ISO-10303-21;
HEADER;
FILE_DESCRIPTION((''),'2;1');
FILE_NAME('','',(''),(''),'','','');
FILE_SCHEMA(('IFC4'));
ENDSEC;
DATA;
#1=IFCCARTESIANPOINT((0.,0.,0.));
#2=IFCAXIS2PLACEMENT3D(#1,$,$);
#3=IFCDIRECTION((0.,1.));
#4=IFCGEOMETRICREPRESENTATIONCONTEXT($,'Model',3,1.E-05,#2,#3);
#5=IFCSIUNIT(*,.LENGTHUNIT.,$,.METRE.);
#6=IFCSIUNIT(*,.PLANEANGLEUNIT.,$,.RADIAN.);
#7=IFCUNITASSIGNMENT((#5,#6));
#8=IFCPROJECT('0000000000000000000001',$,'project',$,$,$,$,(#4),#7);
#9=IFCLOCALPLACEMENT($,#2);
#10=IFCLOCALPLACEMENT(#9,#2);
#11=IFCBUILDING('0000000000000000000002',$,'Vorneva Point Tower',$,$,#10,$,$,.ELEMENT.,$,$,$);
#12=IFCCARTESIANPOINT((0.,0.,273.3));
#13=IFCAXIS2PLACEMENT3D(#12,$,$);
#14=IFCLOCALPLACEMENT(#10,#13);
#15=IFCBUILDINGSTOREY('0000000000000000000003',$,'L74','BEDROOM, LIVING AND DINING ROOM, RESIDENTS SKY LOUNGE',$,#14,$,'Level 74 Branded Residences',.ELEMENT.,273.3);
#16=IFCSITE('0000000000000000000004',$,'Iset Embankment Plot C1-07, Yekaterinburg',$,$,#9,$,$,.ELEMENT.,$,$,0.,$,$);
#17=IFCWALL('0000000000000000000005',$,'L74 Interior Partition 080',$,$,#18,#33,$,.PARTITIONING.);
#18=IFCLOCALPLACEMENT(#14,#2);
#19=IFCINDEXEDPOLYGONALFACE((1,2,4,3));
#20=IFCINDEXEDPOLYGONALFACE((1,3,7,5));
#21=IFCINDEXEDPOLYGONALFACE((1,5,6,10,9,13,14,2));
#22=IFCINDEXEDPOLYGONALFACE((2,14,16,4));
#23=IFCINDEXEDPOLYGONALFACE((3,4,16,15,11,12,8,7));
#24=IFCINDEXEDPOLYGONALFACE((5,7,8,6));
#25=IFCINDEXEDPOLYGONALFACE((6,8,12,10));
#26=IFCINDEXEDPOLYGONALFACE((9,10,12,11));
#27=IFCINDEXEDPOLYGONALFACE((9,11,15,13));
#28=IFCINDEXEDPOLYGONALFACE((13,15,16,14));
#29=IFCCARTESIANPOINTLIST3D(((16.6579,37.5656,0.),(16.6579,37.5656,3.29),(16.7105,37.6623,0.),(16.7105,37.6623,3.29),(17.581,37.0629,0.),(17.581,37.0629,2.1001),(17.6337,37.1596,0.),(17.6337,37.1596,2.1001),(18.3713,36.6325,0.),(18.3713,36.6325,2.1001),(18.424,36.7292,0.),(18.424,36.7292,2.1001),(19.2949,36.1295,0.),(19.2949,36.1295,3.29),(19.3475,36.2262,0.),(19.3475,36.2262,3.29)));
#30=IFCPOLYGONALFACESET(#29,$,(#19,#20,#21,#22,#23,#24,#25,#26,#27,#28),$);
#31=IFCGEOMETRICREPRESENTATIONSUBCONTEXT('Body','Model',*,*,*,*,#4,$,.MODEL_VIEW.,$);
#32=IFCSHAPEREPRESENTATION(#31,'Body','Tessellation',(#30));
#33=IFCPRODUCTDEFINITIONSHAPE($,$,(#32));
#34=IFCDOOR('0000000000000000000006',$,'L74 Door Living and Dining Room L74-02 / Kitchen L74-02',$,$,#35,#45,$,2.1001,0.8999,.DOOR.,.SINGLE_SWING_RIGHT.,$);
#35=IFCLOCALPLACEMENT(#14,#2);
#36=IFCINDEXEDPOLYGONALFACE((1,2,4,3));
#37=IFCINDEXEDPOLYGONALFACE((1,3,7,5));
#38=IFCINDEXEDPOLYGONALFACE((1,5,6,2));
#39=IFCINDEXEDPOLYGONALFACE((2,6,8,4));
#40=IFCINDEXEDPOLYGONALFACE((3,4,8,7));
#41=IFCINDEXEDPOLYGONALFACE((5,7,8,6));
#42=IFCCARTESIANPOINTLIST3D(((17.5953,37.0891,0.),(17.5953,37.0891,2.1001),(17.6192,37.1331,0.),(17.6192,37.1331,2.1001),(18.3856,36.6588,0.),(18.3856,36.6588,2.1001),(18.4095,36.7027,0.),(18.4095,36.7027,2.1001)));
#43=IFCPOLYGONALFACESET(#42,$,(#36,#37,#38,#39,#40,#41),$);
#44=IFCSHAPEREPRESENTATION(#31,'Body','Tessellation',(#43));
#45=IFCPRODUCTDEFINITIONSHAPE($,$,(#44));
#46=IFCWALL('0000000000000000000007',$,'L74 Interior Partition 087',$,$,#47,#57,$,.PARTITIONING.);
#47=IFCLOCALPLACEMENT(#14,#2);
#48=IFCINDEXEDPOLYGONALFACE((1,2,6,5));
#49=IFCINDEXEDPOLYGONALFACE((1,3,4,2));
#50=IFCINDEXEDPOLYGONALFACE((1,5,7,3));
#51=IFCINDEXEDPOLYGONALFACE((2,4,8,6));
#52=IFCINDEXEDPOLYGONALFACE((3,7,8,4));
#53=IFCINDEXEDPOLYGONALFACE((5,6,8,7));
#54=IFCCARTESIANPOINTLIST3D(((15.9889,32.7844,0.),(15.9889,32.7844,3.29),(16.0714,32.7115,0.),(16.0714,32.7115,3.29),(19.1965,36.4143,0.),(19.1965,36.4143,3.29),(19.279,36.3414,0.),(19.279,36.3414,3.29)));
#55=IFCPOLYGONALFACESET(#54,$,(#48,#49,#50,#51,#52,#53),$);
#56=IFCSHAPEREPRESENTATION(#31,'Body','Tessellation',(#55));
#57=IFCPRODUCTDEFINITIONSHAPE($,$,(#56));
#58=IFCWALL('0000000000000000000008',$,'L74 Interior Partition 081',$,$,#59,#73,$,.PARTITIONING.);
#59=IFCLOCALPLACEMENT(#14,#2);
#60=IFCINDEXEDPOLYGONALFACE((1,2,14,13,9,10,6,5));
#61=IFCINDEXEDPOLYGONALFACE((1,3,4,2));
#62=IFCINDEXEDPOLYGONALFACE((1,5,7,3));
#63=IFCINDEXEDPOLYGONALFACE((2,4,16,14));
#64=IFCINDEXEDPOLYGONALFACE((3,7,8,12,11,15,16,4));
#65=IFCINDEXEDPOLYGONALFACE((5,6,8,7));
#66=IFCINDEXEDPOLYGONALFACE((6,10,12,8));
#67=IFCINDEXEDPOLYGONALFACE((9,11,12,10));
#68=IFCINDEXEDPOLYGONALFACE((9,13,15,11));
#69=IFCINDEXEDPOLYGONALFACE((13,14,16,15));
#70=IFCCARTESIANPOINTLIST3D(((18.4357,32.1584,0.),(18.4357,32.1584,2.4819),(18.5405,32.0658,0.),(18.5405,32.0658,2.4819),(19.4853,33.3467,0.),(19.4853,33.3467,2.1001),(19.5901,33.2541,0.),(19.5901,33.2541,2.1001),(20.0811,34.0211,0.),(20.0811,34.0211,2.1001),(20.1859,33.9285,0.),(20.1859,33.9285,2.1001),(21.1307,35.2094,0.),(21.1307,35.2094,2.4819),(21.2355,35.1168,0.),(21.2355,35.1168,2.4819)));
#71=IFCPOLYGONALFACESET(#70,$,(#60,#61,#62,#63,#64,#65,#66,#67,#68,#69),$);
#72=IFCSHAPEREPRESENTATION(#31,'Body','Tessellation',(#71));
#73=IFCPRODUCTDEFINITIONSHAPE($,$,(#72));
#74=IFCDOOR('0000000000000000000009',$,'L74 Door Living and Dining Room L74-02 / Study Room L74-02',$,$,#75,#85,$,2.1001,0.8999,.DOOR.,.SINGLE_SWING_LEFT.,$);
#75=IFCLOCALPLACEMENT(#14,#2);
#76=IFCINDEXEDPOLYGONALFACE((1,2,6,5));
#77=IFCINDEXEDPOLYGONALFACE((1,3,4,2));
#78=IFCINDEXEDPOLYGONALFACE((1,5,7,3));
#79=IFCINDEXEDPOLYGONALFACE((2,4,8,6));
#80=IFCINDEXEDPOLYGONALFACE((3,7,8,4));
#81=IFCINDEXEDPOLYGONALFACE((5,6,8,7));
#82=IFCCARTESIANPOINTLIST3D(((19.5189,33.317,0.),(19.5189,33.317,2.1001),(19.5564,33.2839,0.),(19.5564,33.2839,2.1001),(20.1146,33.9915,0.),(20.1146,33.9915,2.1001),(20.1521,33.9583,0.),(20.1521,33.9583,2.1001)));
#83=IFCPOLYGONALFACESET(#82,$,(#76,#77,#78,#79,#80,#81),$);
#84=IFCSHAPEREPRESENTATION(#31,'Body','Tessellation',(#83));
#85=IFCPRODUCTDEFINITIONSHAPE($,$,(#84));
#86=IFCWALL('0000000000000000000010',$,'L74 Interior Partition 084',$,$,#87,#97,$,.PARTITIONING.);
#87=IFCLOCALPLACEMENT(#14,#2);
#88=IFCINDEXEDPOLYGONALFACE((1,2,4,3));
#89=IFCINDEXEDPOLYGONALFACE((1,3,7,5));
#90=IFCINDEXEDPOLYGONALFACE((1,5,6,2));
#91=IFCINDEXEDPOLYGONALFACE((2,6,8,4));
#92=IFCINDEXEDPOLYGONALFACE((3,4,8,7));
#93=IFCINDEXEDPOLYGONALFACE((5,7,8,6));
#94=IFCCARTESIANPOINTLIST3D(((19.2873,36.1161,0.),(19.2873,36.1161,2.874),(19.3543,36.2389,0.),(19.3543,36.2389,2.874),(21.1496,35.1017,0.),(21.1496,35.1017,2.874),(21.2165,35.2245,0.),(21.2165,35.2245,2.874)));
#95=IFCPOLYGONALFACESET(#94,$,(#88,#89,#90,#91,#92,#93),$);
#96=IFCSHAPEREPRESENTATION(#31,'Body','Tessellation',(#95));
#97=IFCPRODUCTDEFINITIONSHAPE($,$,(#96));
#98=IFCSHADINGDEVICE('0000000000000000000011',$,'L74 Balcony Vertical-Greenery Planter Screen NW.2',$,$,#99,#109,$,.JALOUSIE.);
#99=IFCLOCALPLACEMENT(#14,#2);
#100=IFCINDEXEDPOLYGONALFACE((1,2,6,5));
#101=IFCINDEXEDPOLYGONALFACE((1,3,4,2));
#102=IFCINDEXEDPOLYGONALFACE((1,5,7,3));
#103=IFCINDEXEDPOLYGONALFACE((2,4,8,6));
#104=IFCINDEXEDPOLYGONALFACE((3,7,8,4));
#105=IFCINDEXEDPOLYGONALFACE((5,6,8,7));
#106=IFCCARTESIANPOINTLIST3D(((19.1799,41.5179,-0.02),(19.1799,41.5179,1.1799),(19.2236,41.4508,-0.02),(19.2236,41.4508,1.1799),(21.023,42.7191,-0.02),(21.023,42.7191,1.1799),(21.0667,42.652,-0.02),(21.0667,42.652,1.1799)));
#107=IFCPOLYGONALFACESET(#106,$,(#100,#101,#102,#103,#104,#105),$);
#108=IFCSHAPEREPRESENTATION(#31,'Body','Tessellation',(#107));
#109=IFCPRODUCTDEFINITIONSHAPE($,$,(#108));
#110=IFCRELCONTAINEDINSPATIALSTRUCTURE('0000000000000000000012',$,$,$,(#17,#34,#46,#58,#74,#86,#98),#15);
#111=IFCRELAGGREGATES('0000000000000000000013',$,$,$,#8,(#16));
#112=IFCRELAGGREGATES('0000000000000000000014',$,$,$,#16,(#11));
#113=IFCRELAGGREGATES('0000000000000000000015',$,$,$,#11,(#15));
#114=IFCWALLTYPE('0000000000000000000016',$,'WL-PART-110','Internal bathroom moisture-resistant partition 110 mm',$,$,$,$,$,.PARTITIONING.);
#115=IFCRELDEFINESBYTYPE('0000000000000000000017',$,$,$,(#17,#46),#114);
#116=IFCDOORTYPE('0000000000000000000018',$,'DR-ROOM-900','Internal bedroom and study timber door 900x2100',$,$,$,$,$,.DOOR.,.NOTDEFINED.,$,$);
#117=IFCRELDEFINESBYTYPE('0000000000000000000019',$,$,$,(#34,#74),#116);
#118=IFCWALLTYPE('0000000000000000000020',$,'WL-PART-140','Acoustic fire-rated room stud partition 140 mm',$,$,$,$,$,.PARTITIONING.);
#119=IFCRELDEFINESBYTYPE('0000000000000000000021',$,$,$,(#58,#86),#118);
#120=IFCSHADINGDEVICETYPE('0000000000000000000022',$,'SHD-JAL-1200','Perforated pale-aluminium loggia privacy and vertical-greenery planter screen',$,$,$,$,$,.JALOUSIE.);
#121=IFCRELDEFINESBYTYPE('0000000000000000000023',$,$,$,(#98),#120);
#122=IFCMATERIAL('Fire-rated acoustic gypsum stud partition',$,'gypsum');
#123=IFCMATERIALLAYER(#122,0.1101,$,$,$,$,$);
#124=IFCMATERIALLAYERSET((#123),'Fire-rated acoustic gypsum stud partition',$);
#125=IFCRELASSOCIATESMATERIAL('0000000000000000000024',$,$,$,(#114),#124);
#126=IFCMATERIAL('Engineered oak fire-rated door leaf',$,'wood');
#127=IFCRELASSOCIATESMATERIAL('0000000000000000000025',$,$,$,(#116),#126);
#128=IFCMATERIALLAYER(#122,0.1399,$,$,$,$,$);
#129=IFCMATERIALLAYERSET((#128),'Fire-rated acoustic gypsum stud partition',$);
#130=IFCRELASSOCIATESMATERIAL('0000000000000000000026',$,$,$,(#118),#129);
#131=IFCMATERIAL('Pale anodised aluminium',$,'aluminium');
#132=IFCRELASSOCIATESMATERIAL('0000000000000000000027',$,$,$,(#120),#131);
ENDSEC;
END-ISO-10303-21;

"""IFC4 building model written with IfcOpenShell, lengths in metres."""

from ifc_helpers import new_model, si_unit, direction, frame, frame_2d, origin, origin_2d, place, context, subcontext, project, spatial, rectangle, extrude, material, layer, layer_set, type_object, element, fill, save


model = new_model("IFC4")

# Units and contexts
model_context = context("Model", 3, precision=1e-05, world=origin(), true_north=direction((0.0, 1.0)))
body_context = subcontext(model_context, "Body", "Model", "MODEL_VIEW")
ifc_project = project(units=[si_unit("LENGTHUNIT", "METRE"), si_unit("PLANEANGLEUNIT", "RADIAN")], contexts=[model_context])

# Site, building, storey
site_placement = place(None, origin())
site = spatial("IfcSite", under=ifc_project, at=site_placement, Name="Iset Embankment Plot C1-07, Yekaterinburg", CompositionType="ELEMENT", RefElevation=0.0)
building_placement = place(site_placement, origin())
building = spatial("IfcBuilding", under=site, at=building_placement, Name="Vorneva Point Tower", CompositionType="ELEMENT")
storey_placement = place(building_placement, frame((0.0, 0.0, 273.3)))
storey = spatial("IfcBuildingStorey", under=building, at=storey_placement, Name="L74", Description="BEDROOM, LIVING AND DINING ROOM, RESIDENTS SKY LOUNGE", LongName="Level 74 Branded Residences", CompositionType="ELEMENT", Elevation=273.3)

# Shared definitions
ifc_material_1 = material(Name="Pale anodised aluminium", Category="aluminium")

# Shared definitions
ifc_material_2 = material(Name="Fire-rated acoustic gypsum stud partition", Category="gypsum")
ifc_layer_1 = layer(ifc_material_2, 0.1101)
ifc_layer_set_1 = layer_set([ifc_layer_1], Name="Fire-rated acoustic gypsum stud partition")
wall_type_1 = type_object("IfcWallType", Name="WL-PART-110", Description="Internal bathroom moisture-resistant partition 110 mm", PredefinedType="PARTITIONING", material=ifc_layer_set_1)

# Wall, opening, door
wall_1_placement = place(storey_placement, frame((16.6841, 37.614, 0.0), z_axis=(0.0, 0.0, 1.0), x_axis=(0.878219, -0.47826, 0.0)))
wall_1 = element("IfcWall", 1, at=wall_1_placement, inside=storey, type_object=wall_type_1, Name="L74 Interior Partition 080", PredefinedType="PARTITIONING", context=body_context, shape_type="SweptSolid", body=[
    extrude(rectangle(XDim=3.0027, YDim=0.1101, at=frame_2d((1.5015, 0.0))), origin(), (0.0, 0.0, 1.0), 3.29),
])
opening_1_placement = place(wall_1_placement, frame((1.0513, 0.0, 0.0)))
opening_1 = element("IfcOpeningElement", 2, at=opening_1_placement, cuts=wall_1, PredefinedType="OPENING", context=body_context, shape_type="SweptSolid", body=[
    extrude(rectangle(XDim=0.8999, YDim=2.1001, at=frame_2d((0.45, 1.05))), frame((0.0, 0.0698, 0.0), z_axis=(0.0, -1.0, 0.0), x_axis=(1.0, 0.0, 0.0)), (0.0, 0.0, 1.0), 0.1399),
])
ifc_material_3 = material(Name="Engineered oak fire-rated door leaf", Category="wood")
door_type_1 = type_object("IfcDoorType", Name="DR-ROOM-900", Description="Internal bedroom and study timber door 900x2100", OperationType="NOTDEFINED", PredefinedType="DOOR", material=ifc_material_3)
door_1_placement = place(opening_1_placement, origin())
door_1 = element("IfcDoor", 3, at=door_1_placement, inside=storey, type_object=door_type_1, Name="L74 Door Living and Dining Room L74-02 / Kitchen L74-02", OperationType="SINGLE_SWING_RIGHT", OverallHeight=2.1001, OverallWidth=0.8999, PredefinedType="DOOR", context=body_context, shape_type="SweptSolid", body=[
    extrude(rectangle(XDim=0.8999, YDim=2.1001, at=frame_2d((0.45, 1.05))), frame((0.0, 0.0249, 0.0), z_axis=(0.0, -1.0, 0.0), x_axis=(1.0, 0.0, 0.0)), (0.0, 0.0, 1.0), 0.05),
])
fill(opening_1, door_1)

# Wall
wall_2_placement = place(storey_placement, frame((16.0303, 32.748, 0.0), z_axis=(0.0, 0.0, 1.0), x_axis=(0.662165, 0.749358, 0.0)))
element("IfcWall", 4, at=wall_2_placement, inside=storey, type_object=wall_type_1, Name="L74 Interior Partition 087", PredefinedType="PARTITIONING", context=body_context, shape_type="SweptSolid", body=[
    extrude(rectangle(XDim=4.844, YDim=0.1101, at=frame_2d((2.4219, 0.0))), origin(), (0.0, 0.0, 1.0), 3.29),
])

# Wall, opening, door
ifc_layer_2 = layer(ifc_material_2, 0.1399)
ifc_layer_set_2 = layer_set([ifc_layer_2], Name="Fire-rated acoustic gypsum stud partition")
wall_type_2 = type_object("IfcWallType", Name="WL-PART-140", Description="Acoustic fire-rated room stud partition 140 mm", PredefinedType="PARTITIONING", material=ifc_layer_set_2)
wall_3_placement = place(storey_placement, frame((21.1831, 35.1631, 0.0), z_axis=(0.0, 0.0, 1.0), x_axis=(-0.662034, -0.749474, 0.0)))
wall_3 = element("IfcWall", 5, at=wall_3_placement, inside=storey, type_object=wall_type_2, Name="L74 Interior Partition 081", PredefinedType="PARTITIONING", context=body_context, shape_type="SweptSolid", body=[
    extrude(rectangle(XDim=4.0708, YDim=0.1399, at=frame_2d((2.0354, 0.0))), origin(), (0.0, 0.0, 1.0), 2.4819),
])
opening_2_placement = place(wall_3_placement, frame((1.5854, 0.0, 0.0)))
opening_2 = element("IfcOpeningElement", 6, at=opening_2_placement, cuts=wall_3, PredefinedType="OPENING", context=body_context, shape_type="SweptSolid", body=[
    extrude(rectangle(XDim=0.8999, YDim=2.1001, at=frame_2d((0.45, 1.05))), frame((0.0, 0.085, 0.0), z_axis=(0.0, -1.0, 0.0), x_axis=(1.0, 0.0, 0.0)), (0.0, 0.0, 1.0), 0.1697),
])
door_2_placement = place(opening_2_placement, origin())
door_2 = element("IfcDoor", 7, at=door_2_placement, inside=storey, type_object=door_type_1, Name="L74 Door Living and Dining Room L74-02 / Study Room L74-02", OperationType="SINGLE_SWING_LEFT", OverallHeight=2.1001, OverallWidth=0.8999, PredefinedType="DOOR", context=body_context, shape_type="SweptSolid", body=[
    extrude(rectangle(XDim=0.8999, YDim=2.1001, at=frame_2d((0.45, 1.05))), frame((0.0, 0.0249, 0.0), z_axis=(0.0, -1.0, 0.0), x_axis=(1.0, 0.0, 0.0)), (0.0, 0.0, 1.0), 0.05),
])
fill(opening_2, door_2)

# Wall
wall_4_placement = place(storey_placement, frame((19.3208, 36.1775, 0.0), z_axis=(0.0, 0.0, 1.0), x_axis=(0.878173, -0.478344, 0.0)))
element("IfcWall", 8, at=wall_4_placement, inside=storey, type_object=wall_type_2, Name="L74 Interior Partition 084", PredefinedType="PARTITIONING", context=body_context, shape_type="SweptSolid", body=[
    extrude(rectangle(XDim=2.1206, YDim=0.1399, at=frame_2d((1.0603, 0.0))), origin(), (0.0, 0.0, 1.0), 2.874),
])

# Shading device
shading_device_type = type_object("IfcShadingDeviceType", Name="SHD-JAL-1200", Description="Perforated pale-aluminium loggia privacy and vertical-greenery planter screen", PredefinedType="JALOUSIE", material=ifc_material_1)
shading_device_placement = place(storey_placement, frame((20.1233, 42.085, -0.02), z_axis=(0.0, 0.0, 1.0), x_axis=(-0.837795, -0.545985, 0.0)))
element("IfcShadingDevice", 9, at=shading_device_placement, inside=storey, type_object=shading_device_type, Name="L74 Balcony Vertical-Greenery Planter Screen NW.2", PredefinedType="JALOUSIE", context=body_context, shape_type="SweptSolid", body=[
    extrude(rectangle(XDim=2.2, YDim=0.0801, at=origin_2d()), origin(), (0.0, 0.0, 1.0), 1.2),
])

save(model, "model.ifc")
